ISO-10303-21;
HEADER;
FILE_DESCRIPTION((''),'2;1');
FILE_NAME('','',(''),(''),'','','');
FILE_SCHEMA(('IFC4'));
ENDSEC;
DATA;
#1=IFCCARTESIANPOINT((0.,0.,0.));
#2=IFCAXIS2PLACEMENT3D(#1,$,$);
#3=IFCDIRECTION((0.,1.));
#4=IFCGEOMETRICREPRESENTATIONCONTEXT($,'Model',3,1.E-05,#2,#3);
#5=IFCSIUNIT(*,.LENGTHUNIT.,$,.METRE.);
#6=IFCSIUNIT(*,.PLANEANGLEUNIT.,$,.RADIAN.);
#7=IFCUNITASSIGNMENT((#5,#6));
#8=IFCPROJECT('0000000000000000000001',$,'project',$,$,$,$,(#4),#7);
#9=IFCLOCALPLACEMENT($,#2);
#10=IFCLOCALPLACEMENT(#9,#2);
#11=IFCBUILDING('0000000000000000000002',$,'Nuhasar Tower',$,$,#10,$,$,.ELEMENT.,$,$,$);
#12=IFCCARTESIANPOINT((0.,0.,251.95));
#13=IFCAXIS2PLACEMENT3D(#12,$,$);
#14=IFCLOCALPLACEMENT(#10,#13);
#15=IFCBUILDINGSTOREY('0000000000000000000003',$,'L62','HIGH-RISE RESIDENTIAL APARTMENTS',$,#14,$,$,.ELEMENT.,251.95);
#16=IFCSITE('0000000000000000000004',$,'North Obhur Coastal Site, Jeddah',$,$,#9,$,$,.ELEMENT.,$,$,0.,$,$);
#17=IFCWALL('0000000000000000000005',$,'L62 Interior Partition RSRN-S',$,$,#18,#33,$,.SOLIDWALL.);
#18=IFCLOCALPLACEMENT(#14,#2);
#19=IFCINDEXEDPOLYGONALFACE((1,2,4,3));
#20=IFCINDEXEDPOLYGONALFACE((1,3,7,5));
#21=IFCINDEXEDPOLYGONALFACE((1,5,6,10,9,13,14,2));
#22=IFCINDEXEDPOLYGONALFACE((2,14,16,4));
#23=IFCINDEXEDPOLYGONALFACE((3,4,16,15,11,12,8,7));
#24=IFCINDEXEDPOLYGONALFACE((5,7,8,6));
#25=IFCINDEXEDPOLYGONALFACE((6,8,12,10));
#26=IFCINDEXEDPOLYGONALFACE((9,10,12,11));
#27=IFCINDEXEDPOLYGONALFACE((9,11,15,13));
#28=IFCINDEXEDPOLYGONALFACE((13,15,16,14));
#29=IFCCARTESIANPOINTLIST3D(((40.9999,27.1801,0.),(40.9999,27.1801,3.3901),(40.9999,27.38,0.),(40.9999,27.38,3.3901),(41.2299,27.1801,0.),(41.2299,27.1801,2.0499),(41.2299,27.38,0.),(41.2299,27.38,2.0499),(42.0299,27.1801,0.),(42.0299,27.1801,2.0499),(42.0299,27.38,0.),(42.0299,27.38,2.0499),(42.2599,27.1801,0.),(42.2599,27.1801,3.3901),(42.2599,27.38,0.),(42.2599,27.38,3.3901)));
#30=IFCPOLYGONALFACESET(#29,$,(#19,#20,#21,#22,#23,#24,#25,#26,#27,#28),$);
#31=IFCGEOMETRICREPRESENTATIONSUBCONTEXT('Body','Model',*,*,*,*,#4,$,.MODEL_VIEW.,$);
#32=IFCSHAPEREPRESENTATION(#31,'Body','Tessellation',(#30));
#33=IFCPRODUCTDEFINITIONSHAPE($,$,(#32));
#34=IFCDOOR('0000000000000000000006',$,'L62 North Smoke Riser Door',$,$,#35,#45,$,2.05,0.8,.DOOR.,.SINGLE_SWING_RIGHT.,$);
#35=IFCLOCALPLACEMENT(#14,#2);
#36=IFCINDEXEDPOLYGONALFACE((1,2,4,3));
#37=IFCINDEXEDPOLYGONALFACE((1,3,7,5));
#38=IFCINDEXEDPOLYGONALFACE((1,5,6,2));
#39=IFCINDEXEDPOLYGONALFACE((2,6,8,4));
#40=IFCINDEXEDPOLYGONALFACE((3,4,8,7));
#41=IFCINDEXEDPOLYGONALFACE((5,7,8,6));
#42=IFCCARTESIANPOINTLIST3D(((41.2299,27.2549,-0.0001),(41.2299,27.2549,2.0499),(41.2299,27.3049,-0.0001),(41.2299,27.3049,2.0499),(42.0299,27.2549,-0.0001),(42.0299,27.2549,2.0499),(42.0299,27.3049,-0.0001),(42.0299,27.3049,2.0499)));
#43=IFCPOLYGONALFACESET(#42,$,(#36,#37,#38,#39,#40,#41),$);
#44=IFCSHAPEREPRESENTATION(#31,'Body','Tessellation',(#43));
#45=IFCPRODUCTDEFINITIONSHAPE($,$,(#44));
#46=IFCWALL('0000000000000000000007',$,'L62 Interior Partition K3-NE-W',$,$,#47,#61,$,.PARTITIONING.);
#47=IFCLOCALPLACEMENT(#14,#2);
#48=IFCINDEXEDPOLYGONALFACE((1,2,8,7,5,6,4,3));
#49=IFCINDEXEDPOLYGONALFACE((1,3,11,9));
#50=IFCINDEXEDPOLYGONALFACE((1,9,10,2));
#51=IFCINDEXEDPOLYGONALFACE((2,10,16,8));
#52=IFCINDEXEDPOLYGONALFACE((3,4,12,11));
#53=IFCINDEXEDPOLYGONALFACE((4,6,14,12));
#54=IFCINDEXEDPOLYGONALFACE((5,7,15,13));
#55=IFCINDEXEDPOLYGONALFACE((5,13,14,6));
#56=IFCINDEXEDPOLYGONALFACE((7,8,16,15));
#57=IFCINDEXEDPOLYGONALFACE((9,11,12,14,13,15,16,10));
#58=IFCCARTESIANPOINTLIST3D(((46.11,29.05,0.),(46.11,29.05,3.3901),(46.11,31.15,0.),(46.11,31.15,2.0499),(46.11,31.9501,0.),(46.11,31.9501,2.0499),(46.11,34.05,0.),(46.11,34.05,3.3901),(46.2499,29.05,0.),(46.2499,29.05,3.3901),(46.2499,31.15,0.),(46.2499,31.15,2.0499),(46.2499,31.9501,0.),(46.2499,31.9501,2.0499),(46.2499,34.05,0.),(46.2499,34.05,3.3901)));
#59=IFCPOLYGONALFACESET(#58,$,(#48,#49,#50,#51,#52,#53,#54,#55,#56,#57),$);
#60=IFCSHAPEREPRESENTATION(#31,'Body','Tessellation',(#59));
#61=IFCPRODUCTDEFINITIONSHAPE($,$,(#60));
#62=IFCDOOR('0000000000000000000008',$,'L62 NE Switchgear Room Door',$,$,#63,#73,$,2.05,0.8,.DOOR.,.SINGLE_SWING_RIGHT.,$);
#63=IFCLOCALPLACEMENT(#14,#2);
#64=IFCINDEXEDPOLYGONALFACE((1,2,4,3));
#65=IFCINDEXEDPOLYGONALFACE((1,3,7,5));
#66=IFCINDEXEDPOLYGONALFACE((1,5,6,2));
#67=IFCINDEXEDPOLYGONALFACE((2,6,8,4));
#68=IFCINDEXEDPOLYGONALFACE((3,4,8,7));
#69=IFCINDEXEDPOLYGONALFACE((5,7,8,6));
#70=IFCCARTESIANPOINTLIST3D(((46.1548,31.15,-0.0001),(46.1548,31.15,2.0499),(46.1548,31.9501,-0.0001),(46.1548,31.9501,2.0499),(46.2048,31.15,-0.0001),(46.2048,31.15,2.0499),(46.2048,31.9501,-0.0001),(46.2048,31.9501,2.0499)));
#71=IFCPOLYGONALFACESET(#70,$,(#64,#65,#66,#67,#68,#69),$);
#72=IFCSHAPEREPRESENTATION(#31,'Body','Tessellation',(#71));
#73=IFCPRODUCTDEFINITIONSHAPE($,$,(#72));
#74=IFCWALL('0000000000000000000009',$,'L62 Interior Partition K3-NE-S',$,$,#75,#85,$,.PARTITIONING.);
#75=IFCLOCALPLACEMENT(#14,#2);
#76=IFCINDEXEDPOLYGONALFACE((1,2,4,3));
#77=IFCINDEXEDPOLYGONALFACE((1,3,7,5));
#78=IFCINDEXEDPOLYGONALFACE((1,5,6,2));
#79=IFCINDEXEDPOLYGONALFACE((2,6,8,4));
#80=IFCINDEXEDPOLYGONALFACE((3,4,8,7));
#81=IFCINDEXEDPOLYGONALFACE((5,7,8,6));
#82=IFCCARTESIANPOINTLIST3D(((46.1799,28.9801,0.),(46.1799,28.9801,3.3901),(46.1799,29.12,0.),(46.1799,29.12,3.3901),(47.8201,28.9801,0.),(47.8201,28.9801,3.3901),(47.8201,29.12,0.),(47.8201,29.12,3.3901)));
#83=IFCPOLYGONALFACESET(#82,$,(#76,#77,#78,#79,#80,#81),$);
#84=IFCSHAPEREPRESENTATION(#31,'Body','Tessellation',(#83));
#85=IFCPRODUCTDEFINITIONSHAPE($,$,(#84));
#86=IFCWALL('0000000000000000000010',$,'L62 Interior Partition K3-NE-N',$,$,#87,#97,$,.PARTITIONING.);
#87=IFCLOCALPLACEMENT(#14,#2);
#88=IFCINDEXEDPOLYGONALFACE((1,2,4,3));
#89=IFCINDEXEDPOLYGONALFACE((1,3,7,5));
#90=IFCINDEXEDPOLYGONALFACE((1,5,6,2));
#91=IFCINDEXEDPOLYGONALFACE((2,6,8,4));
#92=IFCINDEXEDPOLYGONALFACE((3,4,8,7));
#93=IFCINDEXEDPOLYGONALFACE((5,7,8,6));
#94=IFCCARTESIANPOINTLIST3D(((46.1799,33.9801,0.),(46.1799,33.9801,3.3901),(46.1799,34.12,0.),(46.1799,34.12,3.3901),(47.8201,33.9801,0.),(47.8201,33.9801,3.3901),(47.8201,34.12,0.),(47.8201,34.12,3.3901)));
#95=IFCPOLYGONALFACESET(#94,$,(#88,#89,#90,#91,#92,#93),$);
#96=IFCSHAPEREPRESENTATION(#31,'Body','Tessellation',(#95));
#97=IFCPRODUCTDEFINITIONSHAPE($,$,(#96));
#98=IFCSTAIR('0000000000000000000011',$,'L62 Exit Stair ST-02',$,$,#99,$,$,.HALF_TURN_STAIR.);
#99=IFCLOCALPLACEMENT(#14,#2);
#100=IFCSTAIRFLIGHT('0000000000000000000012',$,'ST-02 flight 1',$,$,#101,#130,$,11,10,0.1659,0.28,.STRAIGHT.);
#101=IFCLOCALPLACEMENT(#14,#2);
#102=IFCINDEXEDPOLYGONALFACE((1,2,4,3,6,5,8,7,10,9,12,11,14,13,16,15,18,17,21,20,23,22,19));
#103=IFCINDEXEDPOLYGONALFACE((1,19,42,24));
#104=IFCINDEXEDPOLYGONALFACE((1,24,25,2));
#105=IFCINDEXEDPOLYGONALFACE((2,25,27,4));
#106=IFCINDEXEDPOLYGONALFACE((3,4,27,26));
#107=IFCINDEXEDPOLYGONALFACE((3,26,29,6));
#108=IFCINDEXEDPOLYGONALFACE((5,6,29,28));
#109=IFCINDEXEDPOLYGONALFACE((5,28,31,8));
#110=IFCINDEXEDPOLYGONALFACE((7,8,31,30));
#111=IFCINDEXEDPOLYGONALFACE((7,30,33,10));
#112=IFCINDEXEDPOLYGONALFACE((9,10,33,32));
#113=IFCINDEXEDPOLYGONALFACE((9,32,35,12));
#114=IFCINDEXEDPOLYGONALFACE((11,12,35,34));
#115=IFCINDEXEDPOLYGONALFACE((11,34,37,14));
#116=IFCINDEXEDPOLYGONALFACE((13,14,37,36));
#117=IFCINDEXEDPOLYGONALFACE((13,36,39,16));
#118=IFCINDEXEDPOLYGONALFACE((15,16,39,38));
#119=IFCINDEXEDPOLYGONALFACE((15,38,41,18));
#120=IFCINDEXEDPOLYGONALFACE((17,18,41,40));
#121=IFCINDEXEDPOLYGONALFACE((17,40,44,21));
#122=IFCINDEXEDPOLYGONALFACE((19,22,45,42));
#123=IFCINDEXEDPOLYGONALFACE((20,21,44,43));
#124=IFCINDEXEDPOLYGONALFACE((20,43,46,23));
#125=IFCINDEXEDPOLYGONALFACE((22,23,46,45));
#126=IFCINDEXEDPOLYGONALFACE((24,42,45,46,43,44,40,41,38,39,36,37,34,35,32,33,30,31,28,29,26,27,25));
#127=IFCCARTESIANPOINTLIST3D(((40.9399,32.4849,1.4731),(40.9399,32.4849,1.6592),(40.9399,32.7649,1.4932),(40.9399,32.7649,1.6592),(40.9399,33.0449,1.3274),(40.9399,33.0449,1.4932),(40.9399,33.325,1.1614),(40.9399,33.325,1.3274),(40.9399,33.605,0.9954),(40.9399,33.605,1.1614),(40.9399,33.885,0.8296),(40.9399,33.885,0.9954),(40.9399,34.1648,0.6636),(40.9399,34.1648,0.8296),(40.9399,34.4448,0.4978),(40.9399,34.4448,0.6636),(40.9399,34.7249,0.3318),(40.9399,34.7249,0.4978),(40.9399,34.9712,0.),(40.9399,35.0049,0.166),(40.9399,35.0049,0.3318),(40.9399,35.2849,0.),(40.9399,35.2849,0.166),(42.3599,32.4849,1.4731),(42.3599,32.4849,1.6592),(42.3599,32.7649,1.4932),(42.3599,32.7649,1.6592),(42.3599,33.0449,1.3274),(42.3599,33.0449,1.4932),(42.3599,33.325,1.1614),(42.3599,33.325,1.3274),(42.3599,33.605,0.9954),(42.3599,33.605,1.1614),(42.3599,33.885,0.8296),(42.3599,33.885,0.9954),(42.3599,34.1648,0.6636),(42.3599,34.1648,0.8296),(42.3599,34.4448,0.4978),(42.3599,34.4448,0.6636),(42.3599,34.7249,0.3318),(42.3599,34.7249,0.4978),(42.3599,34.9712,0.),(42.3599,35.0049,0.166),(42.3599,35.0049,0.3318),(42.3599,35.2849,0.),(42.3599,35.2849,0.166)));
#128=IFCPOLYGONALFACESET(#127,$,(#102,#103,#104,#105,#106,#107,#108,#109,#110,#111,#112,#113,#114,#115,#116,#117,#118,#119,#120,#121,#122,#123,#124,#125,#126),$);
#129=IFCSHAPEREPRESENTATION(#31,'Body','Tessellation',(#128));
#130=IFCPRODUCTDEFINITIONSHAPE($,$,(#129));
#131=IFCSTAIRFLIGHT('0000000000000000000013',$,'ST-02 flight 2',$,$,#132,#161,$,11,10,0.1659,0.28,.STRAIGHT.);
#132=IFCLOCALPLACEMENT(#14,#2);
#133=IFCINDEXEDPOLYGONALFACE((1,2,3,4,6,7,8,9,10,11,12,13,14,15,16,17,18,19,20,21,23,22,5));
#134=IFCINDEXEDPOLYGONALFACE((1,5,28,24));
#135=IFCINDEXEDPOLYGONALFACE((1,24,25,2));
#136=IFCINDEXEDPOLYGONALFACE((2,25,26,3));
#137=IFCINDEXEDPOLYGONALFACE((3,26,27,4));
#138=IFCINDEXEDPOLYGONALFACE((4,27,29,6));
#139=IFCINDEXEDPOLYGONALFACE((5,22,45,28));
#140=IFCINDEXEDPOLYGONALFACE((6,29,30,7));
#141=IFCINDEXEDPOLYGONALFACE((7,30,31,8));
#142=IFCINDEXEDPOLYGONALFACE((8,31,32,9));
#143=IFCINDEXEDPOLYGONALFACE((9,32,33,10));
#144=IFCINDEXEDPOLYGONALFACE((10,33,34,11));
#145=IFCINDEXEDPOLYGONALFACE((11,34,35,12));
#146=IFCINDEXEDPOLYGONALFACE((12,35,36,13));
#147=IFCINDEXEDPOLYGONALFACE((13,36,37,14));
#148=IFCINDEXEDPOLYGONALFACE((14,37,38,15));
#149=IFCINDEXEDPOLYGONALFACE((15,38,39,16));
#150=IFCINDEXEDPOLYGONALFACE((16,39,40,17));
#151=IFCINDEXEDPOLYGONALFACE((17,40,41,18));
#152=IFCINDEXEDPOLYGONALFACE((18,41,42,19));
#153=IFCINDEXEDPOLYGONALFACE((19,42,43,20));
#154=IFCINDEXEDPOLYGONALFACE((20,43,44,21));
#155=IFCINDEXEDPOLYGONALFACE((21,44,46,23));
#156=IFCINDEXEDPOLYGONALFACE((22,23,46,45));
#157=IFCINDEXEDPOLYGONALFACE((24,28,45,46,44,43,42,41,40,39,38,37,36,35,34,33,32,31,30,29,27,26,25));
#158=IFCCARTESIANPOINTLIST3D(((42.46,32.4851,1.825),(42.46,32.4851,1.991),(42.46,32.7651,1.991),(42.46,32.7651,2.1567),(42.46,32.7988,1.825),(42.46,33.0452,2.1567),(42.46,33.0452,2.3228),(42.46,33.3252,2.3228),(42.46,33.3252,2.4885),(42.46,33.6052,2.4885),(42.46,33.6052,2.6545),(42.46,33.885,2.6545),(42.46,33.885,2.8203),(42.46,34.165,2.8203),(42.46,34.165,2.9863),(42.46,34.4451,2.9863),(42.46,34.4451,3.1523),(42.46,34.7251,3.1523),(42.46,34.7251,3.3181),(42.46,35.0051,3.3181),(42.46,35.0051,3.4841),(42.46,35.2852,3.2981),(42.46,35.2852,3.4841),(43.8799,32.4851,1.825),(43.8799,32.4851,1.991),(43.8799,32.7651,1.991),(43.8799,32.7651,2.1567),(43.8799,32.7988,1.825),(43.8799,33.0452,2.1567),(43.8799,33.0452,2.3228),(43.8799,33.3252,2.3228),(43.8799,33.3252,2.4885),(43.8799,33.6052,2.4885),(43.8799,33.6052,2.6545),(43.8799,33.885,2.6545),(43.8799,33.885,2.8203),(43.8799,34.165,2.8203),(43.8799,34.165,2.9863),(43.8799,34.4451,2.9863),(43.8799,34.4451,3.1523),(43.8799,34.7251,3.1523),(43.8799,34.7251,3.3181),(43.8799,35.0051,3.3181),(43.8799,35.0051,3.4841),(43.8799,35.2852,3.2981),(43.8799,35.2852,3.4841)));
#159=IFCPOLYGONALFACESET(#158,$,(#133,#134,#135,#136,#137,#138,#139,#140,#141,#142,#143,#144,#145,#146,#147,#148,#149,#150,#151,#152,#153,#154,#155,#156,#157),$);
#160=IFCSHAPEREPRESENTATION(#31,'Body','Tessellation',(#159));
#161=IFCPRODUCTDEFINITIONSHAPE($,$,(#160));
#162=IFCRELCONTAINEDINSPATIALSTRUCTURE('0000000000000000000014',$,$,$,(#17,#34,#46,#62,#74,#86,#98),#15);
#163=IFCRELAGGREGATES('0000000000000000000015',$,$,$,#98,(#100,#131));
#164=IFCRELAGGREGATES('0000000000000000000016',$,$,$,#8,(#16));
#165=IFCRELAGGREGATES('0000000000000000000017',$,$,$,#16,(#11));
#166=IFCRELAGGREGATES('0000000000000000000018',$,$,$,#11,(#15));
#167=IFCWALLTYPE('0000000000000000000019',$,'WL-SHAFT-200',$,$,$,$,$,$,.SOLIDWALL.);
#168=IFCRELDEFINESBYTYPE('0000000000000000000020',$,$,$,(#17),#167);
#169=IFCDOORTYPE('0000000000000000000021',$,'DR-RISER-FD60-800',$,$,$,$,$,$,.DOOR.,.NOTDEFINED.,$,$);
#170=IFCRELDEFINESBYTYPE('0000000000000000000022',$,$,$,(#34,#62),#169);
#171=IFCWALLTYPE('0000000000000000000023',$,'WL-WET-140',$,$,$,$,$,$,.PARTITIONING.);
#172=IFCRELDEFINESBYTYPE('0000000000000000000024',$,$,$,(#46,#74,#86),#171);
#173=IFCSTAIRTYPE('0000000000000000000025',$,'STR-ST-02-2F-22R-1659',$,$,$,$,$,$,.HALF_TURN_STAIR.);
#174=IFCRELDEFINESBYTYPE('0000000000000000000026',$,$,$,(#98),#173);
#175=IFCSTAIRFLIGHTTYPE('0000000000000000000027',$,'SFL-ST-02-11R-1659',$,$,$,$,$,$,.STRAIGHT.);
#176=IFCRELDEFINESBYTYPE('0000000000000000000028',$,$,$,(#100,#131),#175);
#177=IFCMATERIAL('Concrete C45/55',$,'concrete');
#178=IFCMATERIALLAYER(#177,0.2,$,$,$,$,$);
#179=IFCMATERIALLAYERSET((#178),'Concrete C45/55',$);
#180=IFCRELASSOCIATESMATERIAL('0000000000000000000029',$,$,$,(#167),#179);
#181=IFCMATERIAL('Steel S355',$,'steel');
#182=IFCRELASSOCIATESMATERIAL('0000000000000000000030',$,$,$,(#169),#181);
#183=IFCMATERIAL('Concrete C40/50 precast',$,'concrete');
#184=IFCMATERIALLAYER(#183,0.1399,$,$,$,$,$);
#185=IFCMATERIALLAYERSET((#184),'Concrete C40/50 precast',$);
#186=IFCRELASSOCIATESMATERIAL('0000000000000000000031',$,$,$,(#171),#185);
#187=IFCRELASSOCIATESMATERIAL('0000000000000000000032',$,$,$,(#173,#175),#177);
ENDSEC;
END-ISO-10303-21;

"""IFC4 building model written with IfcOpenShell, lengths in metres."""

from ifc_helpers import new_model, si_unit, direction, frame, frame_2d, origin, place, context, subcontext, project, spatial, polyline, rectangle, outline, extrude, material, layer, layer_set, type_object, element, fill, aggregate, save


model = new_model("IFC4")

# Units and contexts
model_context = context("Model", 3, precision=1e-05, world=origin(), true_north=direction((0.0, 1.0)))
body_context = subcontext(model_context, "Body", "Model", "MODEL_VIEW")
ifc_project = project(units=[si_unit("LENGTHUNIT", "METRE"), si_unit("PLANEANGLEUNIT", "RADIAN")], contexts=[model_context])

# Site, building, storey
site_placement = place(None, origin())
site = spatial("IfcSite", under=ifc_project, at=site_placement, Name="North Obhur Coastal Site, Jeddah", CompositionType="ELEMENT", RefElevation=0.0)
building_placement = place(site_placement, origin())
building = spatial("IfcBuilding", under=site, at=building_placement, Name="Nuhasar Tower", CompositionType="ELEMENT")
storey_placement = place(building_placement, frame((0.0, 0.0, 251.95)))
storey = spatial("IfcBuildingStorey", under=building, at=storey_placement, Name="L62", Description="HIGH-RISE RESIDENTIAL APARTMENTS", CompositionType="ELEMENT", Elevation=251.95)

# Shared definitions
ifc_material_1 = material(Name="Steel S355", Category="steel")

# Shared definitions
ifc_material_2 = material(Name="Concrete C45/55", Category="concrete")

# Shared definitions
ifc_layer_1 = layer(ifc_material_2, 0.2)
ifc_layer_set_1 = layer_set([ifc_layer_1], Name="Concrete C45/55")
wall_type_1 = type_object("IfcWallType", Name="WL-SHAFT-200", PredefinedType="SOLIDWALL", material=ifc_layer_set_1)

# Walls, openings, doors
wall_1_placement = place(storey_placement, frame((41.0, 27.28, 0.0), z_axis=(0.0, 0.0, 1.0), x_axis=(1.0, 0.0, 0.0)))
wall_1 = element("IfcWall", 1, at=wall_1_placement, inside=storey, type_object=wall_type_1, Name="L62 Interior Partition RSRN-S", PredefinedType="SOLIDWALL", context=body_context, shape_type="SweptSolid", body=[
    extrude(rectangle(XDim=1.26, YDim=0.2, at=frame_2d((0.6299, 0.0))), origin(), (0.0, 0.0, 1.0), 3.3901),
])
opening_1_placement = place(wall_1_placement, frame((0.23, 0.0, 0.0)))
opening_1 = element("IfcOpeningElement", 2, at=opening_1_placement, cuts=wall_1, PredefinedType="OPENING", context=body_context, shape_type="SweptSolid", body=[
    extrude(rectangle(XDim=0.8, YDim=2.05, at=frame_2d((0.3999, 1.0249))), frame((0.0, 0.1099, 0.0), z_axis=(0.0, -1.0, 0.0), x_axis=(1.0, 0.0, 0.0)), (0.0, 0.0, 1.0), 0.22),
])
door_type_1 = type_object("IfcDoorType", Name="DR-RISER-FD60-800", OperationType="NOTDEFINED", PredefinedType="DOOR", material=ifc_material_1)
door_1_placement = place(opening_1_placement, origin())
door_1 = element("IfcDoor", 3, at=door_1_placement, inside=storey, type_object=door_type_1, Name="L62 North Smoke Riser Door", OperationType="SINGLE_SWING_RIGHT", OverallHeight=2.05, OverallWidth=0.8, PredefinedType="DOOR", context=body_context, shape_type="SweptSolid", body=[
    extrude(rectangle(XDim=0.8, YDim=2.05, at=frame_2d((0.3999, 1.0249))), frame((0.0, 0.0249, 0.0), z_axis=(0.0, -1.0, 0.0), x_axis=(1.0, 0.0, 0.0)), (0.0, 0.0, 1.0), 0.05),
])
fill(opening_1, door_1)
ifc_material_3 = material(Name="Concrete C40/50 precast", Category="concrete")
ifc_layer_2 = layer(ifc_material_3, 0.1399)
ifc_layer_set_2 = layer_set([ifc_layer_2], Name="Concrete C40/50 precast")
wall_type_2 = type_object("IfcWallType", Name="WL-WET-140", PredefinedType="PARTITIONING", material=ifc_layer_set_2)
wall_2_placement = place(storey_placement, frame((46.1799, 34.05, 0.0), z_axis=(0.0, 0.0, 1.0), x_axis=(0.0, -1.0, 0.0)))
wall_2 = element("IfcWall", 4, at=wall_2_placement, inside=storey, type_object=wall_type_2, Name="L62 Interior Partition K3-NE-W", PredefinedType="PARTITIONING", context=body_context, shape_type="SweptSolid", body=[
    extrude(rectangle(XDim=5.0, YDim=0.1399, at=frame_2d((2.5, 0.0))), origin(), (0.0, 0.0, 1.0), 3.3901),
])
opening_2_placement = place(wall_2_placement, frame((2.1001, 0.0, 0.0)))
opening_2 = element("IfcOpeningElement", 5, at=opening_2_placement, cuts=wall_2, PredefinedType="OPENING", context=body_context, shape_type="SweptSolid", body=[
    extrude(rectangle(XDim=0.8, YDim=2.05, at=frame_2d((0.3999, 1.0249))), frame((0.0, 0.0801, 0.0), z_axis=(0.0, -1.0, 0.0), x_axis=(1.0, 0.0, 0.0)), (0.0, 0.0, 1.0), 0.1599),
])
door_2_placement = place(opening_2_placement, origin())
door_2 = element("IfcDoor", 6, at=door_2_placement, inside=storey, type_object=door_type_1, Name="L62 NE Switchgear Room Door", OperationType="SINGLE_SWING_RIGHT", OverallHeight=2.05, OverallWidth=0.8, PredefinedType="DOOR", context=body_context, shape_type="SweptSolid", body=[
    extrude(rectangle(XDim=0.8, YDim=2.05, at=frame_2d((0.3999, 1.0249))), frame((0.0, 0.0249, 0.0), z_axis=(0.0, -1.0, 0.0), x_axis=(1.0, 0.0, 0.0)), (0.0, 0.0, 1.0), 0.05),
])
fill(opening_2, door_2)

# Walls
for number, where, z_axis, x_axis, name in (
    (7, (46.1799, 29.05, 0.0), (0.0, 0.0, 1.0), (1.0, 0.0, 0.0), "L62 Interior Partition K3-NE-S"),
    (8, (46.1799, 34.05, 0.0), (0.0, 0.0, 1.0), (1.0, 0.0, 0.0), "L62 Interior Partition K3-NE-N"),
):
    element("IfcWall", number, at=place(storey_placement, frame(where, z_axis=z_axis, x_axis=x_axis)), inside=storey, type_object=wall_type_2, Name=name, PredefinedType="PARTITIONING", context=body_context, shape_type="SweptSolid", body=[
        extrude(rectangle(XDim=1.6401, YDim=0.1399, at=frame_2d((0.8201, 0.0))), origin(), (0.0, 0.0, 1.0), 3.3901),
    ])

# Stair, stair flights
stair_type_1 = type_object("IfcStairType", Name="STR-ST-02-2F-22R-1659", PredefinedType="HALF_TURN_STAIR", material=ifc_material_2)
stair_1_placement = place(storey_placement, origin())
stair_1 = element("IfcStair", 9, at=stair_1_placement, inside=storey, type_object=stair_type_1, Name="L62 Exit Stair ST-02", PredefinedType="HALF_TURN_STAIR")
stair_flight_type_1 = type_object("IfcStairFlightType", Name="SFL-ST-02-11R-1659", PredefinedType="STRAIGHT", material=ifc_material_2)
stair_flight_1_placement = place(storey_placement, frame((41.6499, 35.2849, 0.0), z_axis=(0.0, 0.0, 1.0), x_axis=(0.0, -1.0, 0.0)))
stair_flight_1 = element("IfcStairFlight", 10, at=stair_flight_1_placement, type_object=stair_flight_type_1, Name="ST-02 flight 1", NumberOfRisers=11, NumberOfTreads=10, PredefinedType="STRAIGHT", RiserHeight=0.1659, TreadLength=0.28, context=body_context, shape_type="SweptSolid", body=[
    extrude(outline(polyline([(0.0, 0.0), (0.0, 0.166), (0.28, 0.166), (0.28, 0.3318), (0.5601, 0.3318), (0.5601, 0.4978), (0.8401, 0.4978), (0.8401, 0.6636), (1.1201, 0.6636), (1.1201, 0.8296), (1.3999, 0.8296), (1.3999, 0.9954), (1.6799, 0.9954), (1.6799, 1.1614), (1.96, 1.1614), (1.96, 1.3274), (2.24, 1.3274), (2.24, 1.4932), (2.52, 1.4932), (2.52, 1.6592), (2.8, 1.6592), (2.8, 1.825), (2.8, 1.4731), (0.3137, 0.0), (0.0, 0.0)])), frame((0.0, 0.71, 0.0), z_axis=(0.0, -1.0, 0.0), x_axis=(1.0, 0.0, 0.0)), (0.0, 0.0, 1.0), 1.4199),
])
stair_flight_2_placement = place(storey_placement, frame((43.1699, 32.4851, 1.825), z_axis=(0.0, 0.0, 1.0), x_axis=(0.0, 1.0, 0.0)))
stair_flight_2 = element("IfcStairFlight", 11, at=stair_flight_2_placement, type_object=stair_flight_type_1, Name="ST-02 flight 2", NumberOfRisers=11, NumberOfTreads=10, PredefinedType="STRAIGHT", RiserHeight=0.1659, TreadLength=0.28, context=body_context, shape_type="SweptSolid", body=[
    extrude(outline(polyline([(0.0, 0.0), (0.0, 0.166), (0.28, 0.166), (0.28, 0.3318), (0.5601, 0.3318), (0.5601, 0.4978), (0.8401, 0.4978), (0.8401, 0.6636), (1.1201, 0.6636), (1.1201, 0.8296), (1.3999, 0.8296), (1.3999, 0.9954), (1.6799, 0.9954), (1.6799, 1.1614), (1.96, 1.1614), (1.96, 1.3274), (2.24, 1.3274), (2.24, 1.4932), (2.52, 1.4932), (2.52, 1.6592), (2.8, 1.6592), (2.8, 1.825), (2.8, 1.4731), (0.3137, 0.0), (0.0, 0.0)])), frame((0.0, 0.71, 0.0), z_axis=(0.0, -1.0, 0.0), x_axis=(1.0, 0.0, 0.0)), (0.0, 0.0, 1.0), 1.4199),
])
aggregate(stair_1, [stair_flight_1, stair_flight_2])

save(model, "model.ifc")
